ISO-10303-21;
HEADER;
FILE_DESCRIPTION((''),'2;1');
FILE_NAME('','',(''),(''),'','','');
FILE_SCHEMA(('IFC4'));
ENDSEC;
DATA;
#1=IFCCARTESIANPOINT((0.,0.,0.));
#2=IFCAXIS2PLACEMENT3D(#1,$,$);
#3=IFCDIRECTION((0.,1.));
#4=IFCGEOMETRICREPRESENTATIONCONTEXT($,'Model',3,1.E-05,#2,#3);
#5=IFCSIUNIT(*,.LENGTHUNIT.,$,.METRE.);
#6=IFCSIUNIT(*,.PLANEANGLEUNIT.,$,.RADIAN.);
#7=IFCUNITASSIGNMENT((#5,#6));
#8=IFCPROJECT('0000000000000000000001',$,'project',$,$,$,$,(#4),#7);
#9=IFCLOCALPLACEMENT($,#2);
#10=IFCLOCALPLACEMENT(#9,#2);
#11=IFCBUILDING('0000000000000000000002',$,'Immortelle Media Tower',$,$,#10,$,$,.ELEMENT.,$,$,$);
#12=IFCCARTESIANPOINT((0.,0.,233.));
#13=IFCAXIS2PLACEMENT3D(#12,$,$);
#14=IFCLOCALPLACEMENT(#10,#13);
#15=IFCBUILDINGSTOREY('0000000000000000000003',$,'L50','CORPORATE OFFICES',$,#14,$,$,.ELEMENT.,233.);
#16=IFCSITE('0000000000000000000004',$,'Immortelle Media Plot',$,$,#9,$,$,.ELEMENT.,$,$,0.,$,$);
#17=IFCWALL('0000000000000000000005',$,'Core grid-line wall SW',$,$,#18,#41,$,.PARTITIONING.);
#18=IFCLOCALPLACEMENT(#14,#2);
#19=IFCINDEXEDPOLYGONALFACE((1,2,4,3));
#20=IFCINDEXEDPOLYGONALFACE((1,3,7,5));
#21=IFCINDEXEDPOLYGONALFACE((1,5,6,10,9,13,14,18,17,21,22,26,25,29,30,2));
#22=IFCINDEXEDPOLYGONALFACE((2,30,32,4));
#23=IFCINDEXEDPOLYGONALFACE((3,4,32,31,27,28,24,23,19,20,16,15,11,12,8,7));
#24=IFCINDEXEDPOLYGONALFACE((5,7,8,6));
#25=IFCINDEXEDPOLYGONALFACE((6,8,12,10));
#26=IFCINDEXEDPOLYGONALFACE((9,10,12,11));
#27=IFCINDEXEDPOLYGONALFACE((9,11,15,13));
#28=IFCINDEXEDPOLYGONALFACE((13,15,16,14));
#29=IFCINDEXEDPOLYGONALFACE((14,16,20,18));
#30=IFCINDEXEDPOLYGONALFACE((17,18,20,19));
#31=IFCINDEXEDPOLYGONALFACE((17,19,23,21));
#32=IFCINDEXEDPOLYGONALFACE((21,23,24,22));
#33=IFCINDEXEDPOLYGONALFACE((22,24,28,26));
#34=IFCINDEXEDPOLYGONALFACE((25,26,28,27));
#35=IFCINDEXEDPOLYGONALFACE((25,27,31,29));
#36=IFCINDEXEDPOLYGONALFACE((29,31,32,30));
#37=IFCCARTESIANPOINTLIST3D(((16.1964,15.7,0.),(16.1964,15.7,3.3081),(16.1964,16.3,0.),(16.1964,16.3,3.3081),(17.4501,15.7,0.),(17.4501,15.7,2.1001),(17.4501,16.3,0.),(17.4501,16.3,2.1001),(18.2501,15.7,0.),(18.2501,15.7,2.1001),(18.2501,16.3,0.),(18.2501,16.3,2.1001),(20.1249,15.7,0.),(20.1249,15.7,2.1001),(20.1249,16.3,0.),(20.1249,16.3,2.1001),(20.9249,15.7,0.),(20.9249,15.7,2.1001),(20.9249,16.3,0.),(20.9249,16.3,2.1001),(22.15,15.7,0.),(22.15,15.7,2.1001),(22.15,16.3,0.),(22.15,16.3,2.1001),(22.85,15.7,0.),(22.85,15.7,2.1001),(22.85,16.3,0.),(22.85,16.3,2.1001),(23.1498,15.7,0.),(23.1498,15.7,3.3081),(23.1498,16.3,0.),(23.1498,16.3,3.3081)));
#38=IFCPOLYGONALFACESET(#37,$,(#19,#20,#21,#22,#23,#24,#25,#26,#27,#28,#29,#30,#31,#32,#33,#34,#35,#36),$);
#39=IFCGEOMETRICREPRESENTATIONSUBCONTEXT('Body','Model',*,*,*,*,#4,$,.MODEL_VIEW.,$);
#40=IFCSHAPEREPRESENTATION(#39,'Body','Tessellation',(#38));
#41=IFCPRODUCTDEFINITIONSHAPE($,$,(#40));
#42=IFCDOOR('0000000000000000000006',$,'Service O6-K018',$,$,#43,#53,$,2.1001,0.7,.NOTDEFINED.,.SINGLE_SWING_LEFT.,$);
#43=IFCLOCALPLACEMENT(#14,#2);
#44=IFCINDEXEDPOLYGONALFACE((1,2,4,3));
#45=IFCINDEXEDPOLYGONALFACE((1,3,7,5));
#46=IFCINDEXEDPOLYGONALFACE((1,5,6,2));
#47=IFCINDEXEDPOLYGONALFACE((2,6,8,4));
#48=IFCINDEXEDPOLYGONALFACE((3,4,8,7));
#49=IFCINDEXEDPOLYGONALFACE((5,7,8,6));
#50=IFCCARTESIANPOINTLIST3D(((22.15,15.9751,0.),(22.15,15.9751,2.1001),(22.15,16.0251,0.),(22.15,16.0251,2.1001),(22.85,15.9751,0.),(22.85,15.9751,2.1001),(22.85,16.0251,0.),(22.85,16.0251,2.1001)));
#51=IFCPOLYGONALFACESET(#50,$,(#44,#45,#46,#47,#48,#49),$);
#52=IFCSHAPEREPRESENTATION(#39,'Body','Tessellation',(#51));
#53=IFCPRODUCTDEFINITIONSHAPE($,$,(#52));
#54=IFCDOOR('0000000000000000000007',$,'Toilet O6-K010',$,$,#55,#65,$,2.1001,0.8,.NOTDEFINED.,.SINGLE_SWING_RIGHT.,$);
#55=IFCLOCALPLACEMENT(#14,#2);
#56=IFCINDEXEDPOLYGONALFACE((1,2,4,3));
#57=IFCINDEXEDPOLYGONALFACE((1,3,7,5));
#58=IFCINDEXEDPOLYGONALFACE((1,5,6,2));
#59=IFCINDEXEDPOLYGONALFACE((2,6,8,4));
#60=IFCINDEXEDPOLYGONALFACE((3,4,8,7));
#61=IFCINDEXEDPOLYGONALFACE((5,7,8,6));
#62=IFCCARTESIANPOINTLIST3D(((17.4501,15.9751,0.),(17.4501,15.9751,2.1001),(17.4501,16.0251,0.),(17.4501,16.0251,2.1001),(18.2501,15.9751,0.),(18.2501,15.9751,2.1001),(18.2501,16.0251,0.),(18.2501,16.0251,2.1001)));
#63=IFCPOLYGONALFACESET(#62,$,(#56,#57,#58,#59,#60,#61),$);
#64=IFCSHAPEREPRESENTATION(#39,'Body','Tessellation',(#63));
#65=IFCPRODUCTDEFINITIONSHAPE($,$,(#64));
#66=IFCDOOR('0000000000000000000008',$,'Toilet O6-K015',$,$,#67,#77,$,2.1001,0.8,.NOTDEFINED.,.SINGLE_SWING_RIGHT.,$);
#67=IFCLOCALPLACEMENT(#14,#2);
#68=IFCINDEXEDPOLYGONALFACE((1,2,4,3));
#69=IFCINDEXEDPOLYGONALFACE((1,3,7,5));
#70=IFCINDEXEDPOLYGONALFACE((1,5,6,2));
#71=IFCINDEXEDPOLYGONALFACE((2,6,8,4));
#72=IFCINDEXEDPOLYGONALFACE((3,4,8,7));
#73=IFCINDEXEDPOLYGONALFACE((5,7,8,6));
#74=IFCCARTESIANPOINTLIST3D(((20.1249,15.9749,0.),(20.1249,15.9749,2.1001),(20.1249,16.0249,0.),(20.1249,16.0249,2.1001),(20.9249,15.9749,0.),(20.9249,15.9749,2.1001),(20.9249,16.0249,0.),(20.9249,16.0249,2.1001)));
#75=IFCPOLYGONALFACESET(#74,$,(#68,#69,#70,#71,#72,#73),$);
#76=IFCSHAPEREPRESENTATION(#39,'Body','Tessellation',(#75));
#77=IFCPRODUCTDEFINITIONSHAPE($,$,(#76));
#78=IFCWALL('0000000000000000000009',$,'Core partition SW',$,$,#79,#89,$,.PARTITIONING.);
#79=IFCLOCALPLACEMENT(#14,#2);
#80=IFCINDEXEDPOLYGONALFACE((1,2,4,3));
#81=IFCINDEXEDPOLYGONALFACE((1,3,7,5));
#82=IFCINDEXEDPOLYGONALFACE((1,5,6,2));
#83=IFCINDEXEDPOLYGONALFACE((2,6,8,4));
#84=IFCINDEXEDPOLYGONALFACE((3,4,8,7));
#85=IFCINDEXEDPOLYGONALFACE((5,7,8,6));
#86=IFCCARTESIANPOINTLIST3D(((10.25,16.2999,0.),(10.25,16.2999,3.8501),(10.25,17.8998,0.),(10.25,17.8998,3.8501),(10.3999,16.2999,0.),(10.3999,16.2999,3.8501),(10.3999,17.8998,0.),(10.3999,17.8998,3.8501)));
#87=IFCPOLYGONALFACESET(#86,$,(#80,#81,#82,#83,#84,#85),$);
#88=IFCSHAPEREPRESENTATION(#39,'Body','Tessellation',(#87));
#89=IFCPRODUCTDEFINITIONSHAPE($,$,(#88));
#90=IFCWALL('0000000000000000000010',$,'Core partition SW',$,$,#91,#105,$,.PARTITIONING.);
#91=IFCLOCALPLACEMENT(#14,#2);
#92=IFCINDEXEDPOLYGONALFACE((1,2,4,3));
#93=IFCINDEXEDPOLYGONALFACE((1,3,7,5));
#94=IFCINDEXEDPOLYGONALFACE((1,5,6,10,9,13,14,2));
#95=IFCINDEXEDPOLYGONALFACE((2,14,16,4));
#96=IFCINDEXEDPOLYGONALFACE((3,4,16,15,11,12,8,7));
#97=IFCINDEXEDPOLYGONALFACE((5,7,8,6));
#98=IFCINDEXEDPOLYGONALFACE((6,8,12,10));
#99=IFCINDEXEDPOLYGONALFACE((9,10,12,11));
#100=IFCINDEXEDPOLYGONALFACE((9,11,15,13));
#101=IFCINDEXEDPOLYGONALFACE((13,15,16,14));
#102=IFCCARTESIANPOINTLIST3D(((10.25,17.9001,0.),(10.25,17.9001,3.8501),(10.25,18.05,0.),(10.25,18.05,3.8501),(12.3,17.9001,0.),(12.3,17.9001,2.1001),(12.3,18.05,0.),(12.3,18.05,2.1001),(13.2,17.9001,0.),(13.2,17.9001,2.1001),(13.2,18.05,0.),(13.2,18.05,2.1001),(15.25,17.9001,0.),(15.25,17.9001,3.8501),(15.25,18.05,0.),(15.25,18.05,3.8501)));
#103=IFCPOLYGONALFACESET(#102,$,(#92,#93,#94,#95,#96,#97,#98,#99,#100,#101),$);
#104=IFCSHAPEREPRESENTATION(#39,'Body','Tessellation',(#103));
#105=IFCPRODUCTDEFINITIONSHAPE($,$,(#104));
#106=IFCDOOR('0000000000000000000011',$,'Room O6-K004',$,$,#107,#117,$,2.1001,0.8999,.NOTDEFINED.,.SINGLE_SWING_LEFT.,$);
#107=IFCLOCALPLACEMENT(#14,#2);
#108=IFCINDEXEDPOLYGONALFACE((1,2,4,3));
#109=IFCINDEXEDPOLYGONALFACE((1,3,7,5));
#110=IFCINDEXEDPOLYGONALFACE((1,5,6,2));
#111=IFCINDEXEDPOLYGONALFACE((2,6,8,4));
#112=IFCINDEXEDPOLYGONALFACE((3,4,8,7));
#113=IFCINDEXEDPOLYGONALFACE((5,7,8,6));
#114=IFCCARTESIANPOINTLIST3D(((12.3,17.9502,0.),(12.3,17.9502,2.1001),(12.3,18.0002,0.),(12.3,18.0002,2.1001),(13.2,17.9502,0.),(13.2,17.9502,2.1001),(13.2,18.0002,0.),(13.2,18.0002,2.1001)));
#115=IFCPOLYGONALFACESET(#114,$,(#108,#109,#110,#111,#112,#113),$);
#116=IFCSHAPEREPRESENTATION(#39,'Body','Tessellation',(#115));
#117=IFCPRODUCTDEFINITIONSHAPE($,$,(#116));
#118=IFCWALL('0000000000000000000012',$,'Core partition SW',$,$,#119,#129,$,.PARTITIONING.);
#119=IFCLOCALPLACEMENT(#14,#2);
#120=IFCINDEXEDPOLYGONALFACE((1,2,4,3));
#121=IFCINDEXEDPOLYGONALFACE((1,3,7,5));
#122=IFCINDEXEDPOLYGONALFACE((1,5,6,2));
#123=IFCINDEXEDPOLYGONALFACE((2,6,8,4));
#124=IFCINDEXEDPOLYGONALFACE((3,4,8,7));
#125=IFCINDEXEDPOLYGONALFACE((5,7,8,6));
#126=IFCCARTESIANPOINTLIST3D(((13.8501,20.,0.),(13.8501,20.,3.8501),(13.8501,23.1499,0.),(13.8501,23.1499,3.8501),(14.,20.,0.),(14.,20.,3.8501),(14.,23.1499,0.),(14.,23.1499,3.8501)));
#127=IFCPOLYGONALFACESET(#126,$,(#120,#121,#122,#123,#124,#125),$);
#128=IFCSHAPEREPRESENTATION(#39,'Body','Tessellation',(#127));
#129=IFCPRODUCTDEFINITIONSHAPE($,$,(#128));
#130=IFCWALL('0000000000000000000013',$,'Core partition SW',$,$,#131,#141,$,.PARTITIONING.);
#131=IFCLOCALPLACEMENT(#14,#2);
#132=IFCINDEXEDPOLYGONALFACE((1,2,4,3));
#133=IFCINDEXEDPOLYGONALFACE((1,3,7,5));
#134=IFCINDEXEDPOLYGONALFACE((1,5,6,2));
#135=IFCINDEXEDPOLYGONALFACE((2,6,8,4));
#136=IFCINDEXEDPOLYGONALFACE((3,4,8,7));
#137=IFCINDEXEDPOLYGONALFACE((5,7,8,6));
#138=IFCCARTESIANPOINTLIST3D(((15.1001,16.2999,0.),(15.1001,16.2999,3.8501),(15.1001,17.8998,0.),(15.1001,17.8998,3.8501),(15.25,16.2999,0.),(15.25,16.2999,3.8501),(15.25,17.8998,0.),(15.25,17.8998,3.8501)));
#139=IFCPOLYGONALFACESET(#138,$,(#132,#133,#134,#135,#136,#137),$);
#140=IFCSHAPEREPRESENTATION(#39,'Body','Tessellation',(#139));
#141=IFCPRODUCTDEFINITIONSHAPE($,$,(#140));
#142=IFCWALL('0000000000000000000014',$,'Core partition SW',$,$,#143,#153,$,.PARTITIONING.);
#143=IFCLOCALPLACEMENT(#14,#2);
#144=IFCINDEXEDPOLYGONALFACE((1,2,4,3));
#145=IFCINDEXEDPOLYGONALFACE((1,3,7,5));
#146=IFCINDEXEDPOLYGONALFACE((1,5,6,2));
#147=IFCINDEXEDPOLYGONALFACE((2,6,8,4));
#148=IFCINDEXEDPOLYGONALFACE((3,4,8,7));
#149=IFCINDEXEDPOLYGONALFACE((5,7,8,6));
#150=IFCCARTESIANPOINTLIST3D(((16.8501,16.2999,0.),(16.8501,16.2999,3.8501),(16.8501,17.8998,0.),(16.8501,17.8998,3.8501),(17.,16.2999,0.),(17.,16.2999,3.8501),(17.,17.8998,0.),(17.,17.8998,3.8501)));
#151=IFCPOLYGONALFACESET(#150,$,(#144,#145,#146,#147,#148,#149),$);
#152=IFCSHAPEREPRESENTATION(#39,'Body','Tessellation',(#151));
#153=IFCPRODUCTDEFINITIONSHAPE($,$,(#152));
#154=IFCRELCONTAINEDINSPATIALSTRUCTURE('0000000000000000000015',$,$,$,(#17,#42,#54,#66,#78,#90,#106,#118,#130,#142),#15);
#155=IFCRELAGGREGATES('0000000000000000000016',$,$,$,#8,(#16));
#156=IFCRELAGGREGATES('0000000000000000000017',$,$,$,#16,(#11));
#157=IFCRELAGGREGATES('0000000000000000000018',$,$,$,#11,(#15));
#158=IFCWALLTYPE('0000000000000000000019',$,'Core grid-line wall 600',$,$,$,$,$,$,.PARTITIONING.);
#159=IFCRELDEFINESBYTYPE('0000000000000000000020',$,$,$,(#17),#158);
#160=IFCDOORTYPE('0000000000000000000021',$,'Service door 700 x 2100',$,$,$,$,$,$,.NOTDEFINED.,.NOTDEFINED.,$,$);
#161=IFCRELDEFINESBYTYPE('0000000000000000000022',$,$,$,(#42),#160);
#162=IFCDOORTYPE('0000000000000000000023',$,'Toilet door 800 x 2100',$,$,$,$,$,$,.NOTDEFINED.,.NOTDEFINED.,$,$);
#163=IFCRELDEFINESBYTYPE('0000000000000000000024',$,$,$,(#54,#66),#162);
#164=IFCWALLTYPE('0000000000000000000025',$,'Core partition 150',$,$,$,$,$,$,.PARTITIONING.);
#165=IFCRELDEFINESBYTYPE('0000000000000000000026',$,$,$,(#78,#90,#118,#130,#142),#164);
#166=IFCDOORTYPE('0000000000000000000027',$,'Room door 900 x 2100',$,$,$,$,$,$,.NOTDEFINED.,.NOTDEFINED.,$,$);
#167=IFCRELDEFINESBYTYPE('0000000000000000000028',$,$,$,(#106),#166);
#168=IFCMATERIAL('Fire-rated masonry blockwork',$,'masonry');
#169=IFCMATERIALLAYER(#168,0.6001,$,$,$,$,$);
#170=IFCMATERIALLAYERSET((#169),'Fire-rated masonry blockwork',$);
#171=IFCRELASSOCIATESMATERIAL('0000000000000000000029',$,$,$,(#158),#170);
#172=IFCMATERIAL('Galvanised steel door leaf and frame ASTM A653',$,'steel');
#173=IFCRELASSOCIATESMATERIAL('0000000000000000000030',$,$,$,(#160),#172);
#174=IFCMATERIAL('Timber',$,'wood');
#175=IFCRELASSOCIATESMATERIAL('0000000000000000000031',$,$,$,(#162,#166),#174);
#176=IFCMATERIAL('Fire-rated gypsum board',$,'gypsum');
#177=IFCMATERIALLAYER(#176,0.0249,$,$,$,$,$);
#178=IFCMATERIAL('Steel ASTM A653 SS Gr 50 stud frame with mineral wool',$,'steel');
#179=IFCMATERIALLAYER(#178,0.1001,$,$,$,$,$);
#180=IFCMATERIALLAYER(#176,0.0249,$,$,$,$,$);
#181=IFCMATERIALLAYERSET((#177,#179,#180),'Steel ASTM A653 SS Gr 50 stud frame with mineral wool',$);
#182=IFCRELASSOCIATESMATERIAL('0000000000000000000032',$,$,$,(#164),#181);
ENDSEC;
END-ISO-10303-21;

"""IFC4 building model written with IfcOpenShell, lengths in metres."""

from ifc_helpers import new_model, si_unit, direction, frame, frame_2d, origin, place, context, subcontext, project, spatial, rectangle, extrude, material, layer, layer_set, type_object, element, fill, save


model = new_model("IFC4")

# Units and contexts
model_context = context("Model", 3, precision=1e-05, world=origin(), true_north=direction((0.0, 1.0)))
body_context = subcontext(model_context, "Body", "Model", "MODEL_VIEW")
ifc_project = project(units=[si_unit("LENGTHUNIT", "METRE"), si_unit("PLANEANGLEUNIT", "RADIAN")], contexts=[model_context])

# Site, building, storey
site_placement = place(None, origin())
site = spatial("IfcSite", under=ifc_project, at=site_placement, Name="Immortelle Media Plot", CompositionType="ELEMENT", RefElevation=0.0)
building_placement = place(site_placement, origin())
building = spatial("IfcBuilding", under=site, at=building_placement, Name="Immortelle Media Tower", CompositionType="ELEMENT")
storey_placement = place(building_placement, frame((0.0, 0.0, 233.0)))
storey = spatial("IfcBuildingStorey", under=building, at=storey_placement, Name="L50", Description="CORPORATE OFFICES", CompositionType="ELEMENT", Elevation=233.0)

# Wall, openings, doors
ifc_material_1 = material(Name="Fire-rated masonry blockwork", Category="masonry")
ifc_layer_1 = layer(ifc_material_1, 0.6001)
ifc_layer_set_1 = layer_set([ifc_layer_1], Name="Fire-rated masonry blockwork")
wall_type_1 = type_object("IfcWallType", Name="Core grid-line wall 600", PredefinedType="PARTITIONING", material=ifc_layer_set_1)
wall_1_placement = place(storey_placement, frame((16.1965, 16.0, 0.0), z_axis=(0.0, 0.0, 1.0), x_axis=(1.0, 0.0, 0.0)))
wall_1 = element("IfcWall", 1, at=wall_1_placement, inside=storey, type_object=wall_type_1, Name="Core grid-line wall SW", PredefinedType="PARTITIONING", context=body_context, shape_type="SweptSolid", body=[
    extrude(rectangle(XDim=6.9534, YDim=0.6001, at=frame_2d((3.4766, 0.0))), origin(), (0.0, 0.0, 1.0), 3.3081),
])
opening_1_placement = place(wall_1_placement, frame((2.0535, 0.0, 0.0), z_axis=(0.0, 0.0, 1.0), x_axis=(-1.0, 0.0, 0.0)))
opening_1 = element("IfcOpeningElement", 2, at=opening_1_placement, cuts=wall_1, PredefinedType="OPENING", context=body_context, shape_type="SweptSolid", body=[
    extrude(rectangle(XDim=0.8, YDim=2.1001, at=frame_2d((0.3999, 1.05))), frame((0.0, 0.3101, 0.0), z_axis=(0.0, -1.0, 0.0), x_axis=(1.0, 0.0, 0.0)), (0.0, 0.0, 1.0), 0.6201),
])
opening_2_placement = place(wall_1_placement, frame((3.9285, 0.0, 0.0)))
opening_2 = element("IfcOpeningElement", 3, at=opening_2_placement, cuts=wall_1, PredefinedType="OPENING", context=body_context, shape_type="SweptSolid", body=[
    extrude(rectangle(XDim=0.8, YDim=2.1001, at=frame_2d((0.3999, 1.05))), frame((0.0, 0.3101, 0.0), z_axis=(0.0, -1.0, 0.0), x_axis=(1.0, 0.0, 0.0)), (0.0, 0.0, 1.0), 0.6201),
])
opening_3_placement = place(wall_1_placement, frame((6.6536, 0.0, 0.0), z_axis=(0.0, 0.0, 1.0), x_axis=(-1.0, 0.0, 0.0)))
opening_3 = element("IfcOpeningElement", 4, at=opening_3_placement, cuts=wall_1, PredefinedType="OPENING", context=body_context, shape_type="SweptSolid", body=[
    extrude(rectangle(XDim=0.7, YDim=2.1001, at=frame_2d((0.3501, 1.05))), frame((0.0, 0.3101, 0.0), z_axis=(0.0, -1.0, 0.0), x_axis=(1.0, 0.0, 0.0)), (0.0, 0.0, 1.0), 0.6201),
])
ifc_material_2 = material(Name="Galvanised steel door leaf and frame ASTM A653", Category="steel")
door_type_1 = type_object("IfcDoorType", Name="Service door 700 x 2100", OperationType="NOTDEFINED", PredefinedType="NOTDEFINED", material=ifc_material_2)
door_1_placement = place(opening_3_placement, origin())
door_1 = element("IfcDoor", 5, at=door_1_placement, inside=storey, type_object=door_type_1, Name="Service O6-K018", OperationType="SINGLE_SWING_LEFT", OverallHeight=2.1001, OverallWidth=0.7, PredefinedType="NOTDEFINED", context=body_context, shape_type="SweptSolid", body=[
    extrude(rectangle(XDim=0.7, YDim=2.1001, at=frame_2d((0.3501, 1.05))), frame((0.0, 0.0249, 0.0), z_axis=(0.0, -1.0, 0.0), x_axis=(1.0, 0.0, 0.0)), (0.0, 0.0, 1.0), 0.05),
])
fill(opening_3, door_1)
ifc_material_3 = material(Name="Timber", Category="wood")
door_type_2 = type_object("IfcDoorType", Name="Toilet door 800 x 2100", OperationType="NOTDEFINED", PredefinedType="NOTDEFINED", material=ifc_material_3)
door_2_placement = place(opening_1_placement, origin())
door_2 = element("IfcDoor", 6, at=door_2_placement, inside=storey, type_object=door_type_2, Name="Toilet O6-K010", OperationType="SINGLE_SWING_RIGHT", OverallHeight=2.1001, OverallWidth=0.8, PredefinedType="NOTDEFINED", context=body_context, shape_type="SweptSolid", body=[
    extrude(rectangle(XDim=0.8, YDim=2.1001, at=frame_2d((0.3999, 1.05))), frame((0.0, 0.0249, 0.0), z_axis=(0.0, -1.0, 0.0), x_axis=(1.0, 0.0, 0.0)), (0.0, 0.0, 1.0), 0.05),
])
fill(opening_1, door_2)
door_3_placement = place(opening_2_placement, origin())
door_3 = element("IfcDoor", 7, at=door_3_placement, inside=storey, type_object=door_type_2, Name="Toilet O6-K015", OperationType="SINGLE_SWING_RIGHT", OverallHeight=2.1001, OverallWidth=0.8, PredefinedType="NOTDEFINED", context=body_context, shape_type="SweptSolid", body=[
    extrude(rectangle(XDim=0.8, YDim=2.1001, at=frame_2d((0.3999, 1.05))), frame((0.0, 0.0249, 0.0), z_axis=(0.0, -1.0, 0.0), x_axis=(1.0, 0.0, 0.0)), (0.0, 0.0, 1.0), 0.05),
])
fill(opening_2, door_3)

# Wall
ifc_material_4 = material(Name="Fire-rated gypsum board", Category="gypsum")
ifc_layer_2 = layer(ifc_material_4, 0.0249)
ifc_material_5 = material(Name="Steel ASTM A653 SS Gr 50 stud frame with mineral wool", Category="steel")
ifc_layer_3 = layer(ifc_material_5, 0.1001)
ifc_layer_4 = layer(ifc_material_4, 0.0249)
ifc_layer_set_2 = layer_set([ifc_layer_2, ifc_layer_3, ifc_layer_4], Name="Steel ASTM A653 SS Gr 50 stud frame with mineral wool")
wall_type_2 = type_object("IfcWallType", Name="Core partition 150", PredefinedType="PARTITIONING", material=ifc_layer_set_2)
wall_2_placement = place(storey_placement, frame((10.325, 16.3, 0.0), z_axis=(0.0, 0.0, 1.0), x_axis=(0.0, 1.0, 0.0)))
element("IfcWall", 8, at=wall_2_placement, inside=storey, type_object=wall_type_2, Name="Core partition SW", PredefinedType="PARTITIONING", context=body_context, shape_type="SweptSolid", body=[
    extrude(rectangle(XDim=1.5999, YDim=0.1499, at=frame_2d((0.7998, 0.0))), origin(), (0.0, 0.0, 1.0), 3.8501),
])

# Wall, opening, door
wall_3_placement = place(storey_placement, frame((10.25, 17.9751, 0.0), z_axis=(0.0, 0.0, 1.0), x_axis=(1.0, 0.0, 0.0)))
wall_3 = element("IfcWall", 9, at=wall_3_placement, inside=storey, type_object=wall_type_2, Name="Core partition SW", PredefinedType="PARTITIONING", context=body_context, shape_type="SweptSolid", body=[
    extrude(rectangle(XDim=5.0, YDim=0.1499, at=frame_2d((2.5, 0.0))), origin(), (0.0, 0.0, 1.0), 3.8501),
])
opening_4_placement = place(wall_3_placement, frame((2.95, 0.0, 0.0), z_axis=(0.0, 0.0, 1.0), x_axis=(-1.0, 0.0, 0.0)))
opening_4 = element("IfcOpeningElement", 10, at=opening_4_placement, cuts=wall_3, PredefinedType="OPENING", context=body_context, shape_type="SweptSolid", body=[
    extrude(rectangle(XDim=0.8999, YDim=2.1001, at=frame_2d((0.45, 1.05))), frame((0.0, 0.085, 0.0), z_axis=(0.0, -1.0, 0.0), x_axis=(1.0, 0.0, 0.0)), (0.0, 0.0, 1.0), 0.1699),
])
door_type_3 = type_object("IfcDoorType", Name="Room door 900 x 2100", OperationType="NOTDEFINED", PredefinedType="NOTDEFINED", material=ifc_material_3)
door_4_placement = place(opening_4_placement, origin())
door_4 = element("IfcDoor", 11, at=door_4_placement, inside=storey, type_object=door_type_3, Name="Room O6-K004", OperationType="SINGLE_SWING_LEFT", OverallHeight=2.1001, OverallWidth=0.8999, PredefinedType="NOTDEFINED", context=body_context, shape_type="SweptSolid", body=[
    extrude(rectangle(XDim=0.8999, YDim=2.1001, at=frame_2d((0.45, 1.05))), frame((0.0, 0.0249, 0.0), z_axis=(0.0, -1.0, 0.0), x_axis=(1.0, 0.0, 0.0)), (0.0, 0.0, 1.0), 0.05),
])
fill(opening_4, door_4)

# Walls
wall_4_placement = place(storey_placement, frame((13.925, 20.0, 0.0), z_axis=(0.0, 0.0, 1.0), x_axis=(0.0, 1.0, 0.0)))
element("IfcWall", 12, at=wall_4_placement, inside=storey, type_object=wall_type_2, Name="Core partition SW", PredefinedType="PARTITIONING", context=body_context, shape_type="SweptSolid", body=[
    extrude(rectangle(XDim=3.1499, YDim=0.1499, at=frame_2d((1.575, 0.0))), origin(), (0.0, 0.0, 1.0), 3.8501),
])
for number, where, z_axis, x_axis, name in (
    (13, (15.175, 16.3, 0.0), (0.0, 0.0, 1.0), (0.0, 1.0, 0.0), "Core partition SW"),
    (14, (16.925, 16.3, 0.0), (0.0, 0.0, 1.0), (0.0, 1.0, 0.0), "Core partition SW"),
):
    element("IfcWall", number, at=place(storey_placement, frame(where, z_axis=z_axis, x_axis=x_axis)), inside=storey, type_object=wall_type_2, Name=name, PredefinedType="PARTITIONING", context=body_context, shape_type="SweptSolid", body=[
        extrude(rectangle(XDim=1.5999, YDim=0.1499, at=frame_2d((0.7998, 0.0))), origin(), (0.0, 0.0, 1.0), 3.8501),
    ])

save(model, "model.ifc")
